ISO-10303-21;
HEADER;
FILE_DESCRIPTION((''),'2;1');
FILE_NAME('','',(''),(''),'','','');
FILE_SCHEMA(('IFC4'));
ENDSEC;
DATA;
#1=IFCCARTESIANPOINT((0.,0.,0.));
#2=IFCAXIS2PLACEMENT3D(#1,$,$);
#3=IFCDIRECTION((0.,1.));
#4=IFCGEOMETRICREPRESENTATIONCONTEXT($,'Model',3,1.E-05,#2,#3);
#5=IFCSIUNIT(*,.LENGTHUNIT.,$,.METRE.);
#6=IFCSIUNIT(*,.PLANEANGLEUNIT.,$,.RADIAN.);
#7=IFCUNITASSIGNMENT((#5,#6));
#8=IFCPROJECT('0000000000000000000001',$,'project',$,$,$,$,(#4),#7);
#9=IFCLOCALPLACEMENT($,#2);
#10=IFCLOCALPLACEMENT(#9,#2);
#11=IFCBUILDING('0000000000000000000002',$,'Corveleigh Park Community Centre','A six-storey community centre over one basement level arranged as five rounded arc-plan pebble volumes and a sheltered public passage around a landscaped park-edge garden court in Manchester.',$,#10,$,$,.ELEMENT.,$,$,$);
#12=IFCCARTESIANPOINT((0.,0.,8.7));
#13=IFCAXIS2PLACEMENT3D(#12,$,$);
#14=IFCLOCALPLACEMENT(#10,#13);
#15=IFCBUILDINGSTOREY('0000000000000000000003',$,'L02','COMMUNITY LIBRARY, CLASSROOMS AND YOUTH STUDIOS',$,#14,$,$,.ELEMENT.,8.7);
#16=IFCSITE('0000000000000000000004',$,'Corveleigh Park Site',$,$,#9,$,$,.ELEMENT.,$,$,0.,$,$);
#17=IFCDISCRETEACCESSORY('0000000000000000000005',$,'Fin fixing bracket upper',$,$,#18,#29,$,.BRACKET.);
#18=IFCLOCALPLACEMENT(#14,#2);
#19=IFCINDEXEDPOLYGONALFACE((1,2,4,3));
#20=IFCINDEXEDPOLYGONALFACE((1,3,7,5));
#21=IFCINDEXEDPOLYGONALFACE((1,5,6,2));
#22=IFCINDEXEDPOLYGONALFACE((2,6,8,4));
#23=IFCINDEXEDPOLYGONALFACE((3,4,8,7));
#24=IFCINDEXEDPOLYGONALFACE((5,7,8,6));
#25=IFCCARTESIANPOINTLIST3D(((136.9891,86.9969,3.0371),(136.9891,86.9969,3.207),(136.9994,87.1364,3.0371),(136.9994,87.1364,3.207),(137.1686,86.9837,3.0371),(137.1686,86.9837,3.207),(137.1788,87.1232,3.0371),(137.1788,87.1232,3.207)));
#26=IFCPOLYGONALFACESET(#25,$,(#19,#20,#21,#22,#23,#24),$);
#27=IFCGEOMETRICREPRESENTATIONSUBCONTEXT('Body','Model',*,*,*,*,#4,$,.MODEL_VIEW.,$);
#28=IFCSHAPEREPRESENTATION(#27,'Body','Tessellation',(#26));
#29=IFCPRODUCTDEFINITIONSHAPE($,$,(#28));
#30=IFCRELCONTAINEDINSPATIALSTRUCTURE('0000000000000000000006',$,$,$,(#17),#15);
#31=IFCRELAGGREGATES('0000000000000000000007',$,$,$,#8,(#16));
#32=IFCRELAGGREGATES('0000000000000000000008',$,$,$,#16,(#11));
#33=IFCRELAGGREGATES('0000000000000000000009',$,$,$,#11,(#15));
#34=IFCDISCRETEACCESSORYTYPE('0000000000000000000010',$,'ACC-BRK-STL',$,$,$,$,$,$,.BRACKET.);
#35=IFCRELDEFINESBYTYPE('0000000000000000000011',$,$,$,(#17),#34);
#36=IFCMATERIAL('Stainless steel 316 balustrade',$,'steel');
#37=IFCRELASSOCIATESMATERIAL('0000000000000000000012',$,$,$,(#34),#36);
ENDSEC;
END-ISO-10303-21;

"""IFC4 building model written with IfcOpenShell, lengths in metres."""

from ifc_helpers import new_model, si_unit, direction, frame, origin, origin_2d, place, context, subcontext, project, spatial, rectangle, extrude, material, type_object, element, save


model = new_model("IFC4")

# Units and contexts
model_context = context("Model", 3, precision=1e-05, world=origin(), true_north=direction((0.0, 1.0)))
body_context = subcontext(model_context, "Body", "Model", "MODEL_VIEW")
ifc_project = project(units=[si_unit("LENGTHUNIT", "METRE"), si_unit("PLANEANGLEUNIT", "RADIAN")], contexts=[model_context])

# Site, building, storey
site_placement = place(None, origin())
site = spatial("IfcSite", under=ifc_project, at=site_placement, Name="Corveleigh Park Site", CompositionType="ELEMENT", RefElevation=0.0)
building_placement = place(site_placement, origin())
building = spatial("IfcBuilding", under=site, at=building_placement, Name="Corveleigh Park Community Centre", Description="A six-storey community centre over one basement level arranged as five rounded arc-plan pebble volumes and a sheltered public passage around a landscaped park-edge garden court in Manchester.", CompositionType="ELEMENT")
storey_placement = place(building_placement, frame((0.0, 0.0, 8.7)))
storey = spatial("IfcBuildingStorey", under=building, at=storey_placement, Name="L02", Description="COMMUNITY LIBRARY, CLASSROOMS AND YOUTH STUDIOS", CompositionType="ELEMENT", Elevation=8.7)

# Shared definitions
ifc_material_1 = material(Name="Stainless steel 316 balustrade", Category="steel")

# Discrete accessory
discrete_accessory_type = type_object("IfcDiscreteAccessoryType", Name="ACC-BRK-STL", PredefinedType="BRACKET", material=ifc_material_1)
for number, where, z_axis, x_axis, name in (
    (1, (137.084, 87.0601, 3.0371), (0.0, 0.0, 1.0), (-0.997328, 0.073049, 0.0), "Fin fixing bracket upper"),
):
    element("IfcDiscreteAccessory", number, at=place(storey_placement, frame(where, z_axis=z_axis, x_axis=x_axis)), inside=storey, type_object=discrete_accessory_type, Name=name, PredefinedType="BRACKET", context=body_context, shape_type="SweptSolid", body=[
        extrude(rectangle(XDim=0.1799, YDim=0.1399, at=origin_2d()), origin(), (0.0, 0.0, 1.0), 0.1699),
    ])

save(model, "model.ifc")
